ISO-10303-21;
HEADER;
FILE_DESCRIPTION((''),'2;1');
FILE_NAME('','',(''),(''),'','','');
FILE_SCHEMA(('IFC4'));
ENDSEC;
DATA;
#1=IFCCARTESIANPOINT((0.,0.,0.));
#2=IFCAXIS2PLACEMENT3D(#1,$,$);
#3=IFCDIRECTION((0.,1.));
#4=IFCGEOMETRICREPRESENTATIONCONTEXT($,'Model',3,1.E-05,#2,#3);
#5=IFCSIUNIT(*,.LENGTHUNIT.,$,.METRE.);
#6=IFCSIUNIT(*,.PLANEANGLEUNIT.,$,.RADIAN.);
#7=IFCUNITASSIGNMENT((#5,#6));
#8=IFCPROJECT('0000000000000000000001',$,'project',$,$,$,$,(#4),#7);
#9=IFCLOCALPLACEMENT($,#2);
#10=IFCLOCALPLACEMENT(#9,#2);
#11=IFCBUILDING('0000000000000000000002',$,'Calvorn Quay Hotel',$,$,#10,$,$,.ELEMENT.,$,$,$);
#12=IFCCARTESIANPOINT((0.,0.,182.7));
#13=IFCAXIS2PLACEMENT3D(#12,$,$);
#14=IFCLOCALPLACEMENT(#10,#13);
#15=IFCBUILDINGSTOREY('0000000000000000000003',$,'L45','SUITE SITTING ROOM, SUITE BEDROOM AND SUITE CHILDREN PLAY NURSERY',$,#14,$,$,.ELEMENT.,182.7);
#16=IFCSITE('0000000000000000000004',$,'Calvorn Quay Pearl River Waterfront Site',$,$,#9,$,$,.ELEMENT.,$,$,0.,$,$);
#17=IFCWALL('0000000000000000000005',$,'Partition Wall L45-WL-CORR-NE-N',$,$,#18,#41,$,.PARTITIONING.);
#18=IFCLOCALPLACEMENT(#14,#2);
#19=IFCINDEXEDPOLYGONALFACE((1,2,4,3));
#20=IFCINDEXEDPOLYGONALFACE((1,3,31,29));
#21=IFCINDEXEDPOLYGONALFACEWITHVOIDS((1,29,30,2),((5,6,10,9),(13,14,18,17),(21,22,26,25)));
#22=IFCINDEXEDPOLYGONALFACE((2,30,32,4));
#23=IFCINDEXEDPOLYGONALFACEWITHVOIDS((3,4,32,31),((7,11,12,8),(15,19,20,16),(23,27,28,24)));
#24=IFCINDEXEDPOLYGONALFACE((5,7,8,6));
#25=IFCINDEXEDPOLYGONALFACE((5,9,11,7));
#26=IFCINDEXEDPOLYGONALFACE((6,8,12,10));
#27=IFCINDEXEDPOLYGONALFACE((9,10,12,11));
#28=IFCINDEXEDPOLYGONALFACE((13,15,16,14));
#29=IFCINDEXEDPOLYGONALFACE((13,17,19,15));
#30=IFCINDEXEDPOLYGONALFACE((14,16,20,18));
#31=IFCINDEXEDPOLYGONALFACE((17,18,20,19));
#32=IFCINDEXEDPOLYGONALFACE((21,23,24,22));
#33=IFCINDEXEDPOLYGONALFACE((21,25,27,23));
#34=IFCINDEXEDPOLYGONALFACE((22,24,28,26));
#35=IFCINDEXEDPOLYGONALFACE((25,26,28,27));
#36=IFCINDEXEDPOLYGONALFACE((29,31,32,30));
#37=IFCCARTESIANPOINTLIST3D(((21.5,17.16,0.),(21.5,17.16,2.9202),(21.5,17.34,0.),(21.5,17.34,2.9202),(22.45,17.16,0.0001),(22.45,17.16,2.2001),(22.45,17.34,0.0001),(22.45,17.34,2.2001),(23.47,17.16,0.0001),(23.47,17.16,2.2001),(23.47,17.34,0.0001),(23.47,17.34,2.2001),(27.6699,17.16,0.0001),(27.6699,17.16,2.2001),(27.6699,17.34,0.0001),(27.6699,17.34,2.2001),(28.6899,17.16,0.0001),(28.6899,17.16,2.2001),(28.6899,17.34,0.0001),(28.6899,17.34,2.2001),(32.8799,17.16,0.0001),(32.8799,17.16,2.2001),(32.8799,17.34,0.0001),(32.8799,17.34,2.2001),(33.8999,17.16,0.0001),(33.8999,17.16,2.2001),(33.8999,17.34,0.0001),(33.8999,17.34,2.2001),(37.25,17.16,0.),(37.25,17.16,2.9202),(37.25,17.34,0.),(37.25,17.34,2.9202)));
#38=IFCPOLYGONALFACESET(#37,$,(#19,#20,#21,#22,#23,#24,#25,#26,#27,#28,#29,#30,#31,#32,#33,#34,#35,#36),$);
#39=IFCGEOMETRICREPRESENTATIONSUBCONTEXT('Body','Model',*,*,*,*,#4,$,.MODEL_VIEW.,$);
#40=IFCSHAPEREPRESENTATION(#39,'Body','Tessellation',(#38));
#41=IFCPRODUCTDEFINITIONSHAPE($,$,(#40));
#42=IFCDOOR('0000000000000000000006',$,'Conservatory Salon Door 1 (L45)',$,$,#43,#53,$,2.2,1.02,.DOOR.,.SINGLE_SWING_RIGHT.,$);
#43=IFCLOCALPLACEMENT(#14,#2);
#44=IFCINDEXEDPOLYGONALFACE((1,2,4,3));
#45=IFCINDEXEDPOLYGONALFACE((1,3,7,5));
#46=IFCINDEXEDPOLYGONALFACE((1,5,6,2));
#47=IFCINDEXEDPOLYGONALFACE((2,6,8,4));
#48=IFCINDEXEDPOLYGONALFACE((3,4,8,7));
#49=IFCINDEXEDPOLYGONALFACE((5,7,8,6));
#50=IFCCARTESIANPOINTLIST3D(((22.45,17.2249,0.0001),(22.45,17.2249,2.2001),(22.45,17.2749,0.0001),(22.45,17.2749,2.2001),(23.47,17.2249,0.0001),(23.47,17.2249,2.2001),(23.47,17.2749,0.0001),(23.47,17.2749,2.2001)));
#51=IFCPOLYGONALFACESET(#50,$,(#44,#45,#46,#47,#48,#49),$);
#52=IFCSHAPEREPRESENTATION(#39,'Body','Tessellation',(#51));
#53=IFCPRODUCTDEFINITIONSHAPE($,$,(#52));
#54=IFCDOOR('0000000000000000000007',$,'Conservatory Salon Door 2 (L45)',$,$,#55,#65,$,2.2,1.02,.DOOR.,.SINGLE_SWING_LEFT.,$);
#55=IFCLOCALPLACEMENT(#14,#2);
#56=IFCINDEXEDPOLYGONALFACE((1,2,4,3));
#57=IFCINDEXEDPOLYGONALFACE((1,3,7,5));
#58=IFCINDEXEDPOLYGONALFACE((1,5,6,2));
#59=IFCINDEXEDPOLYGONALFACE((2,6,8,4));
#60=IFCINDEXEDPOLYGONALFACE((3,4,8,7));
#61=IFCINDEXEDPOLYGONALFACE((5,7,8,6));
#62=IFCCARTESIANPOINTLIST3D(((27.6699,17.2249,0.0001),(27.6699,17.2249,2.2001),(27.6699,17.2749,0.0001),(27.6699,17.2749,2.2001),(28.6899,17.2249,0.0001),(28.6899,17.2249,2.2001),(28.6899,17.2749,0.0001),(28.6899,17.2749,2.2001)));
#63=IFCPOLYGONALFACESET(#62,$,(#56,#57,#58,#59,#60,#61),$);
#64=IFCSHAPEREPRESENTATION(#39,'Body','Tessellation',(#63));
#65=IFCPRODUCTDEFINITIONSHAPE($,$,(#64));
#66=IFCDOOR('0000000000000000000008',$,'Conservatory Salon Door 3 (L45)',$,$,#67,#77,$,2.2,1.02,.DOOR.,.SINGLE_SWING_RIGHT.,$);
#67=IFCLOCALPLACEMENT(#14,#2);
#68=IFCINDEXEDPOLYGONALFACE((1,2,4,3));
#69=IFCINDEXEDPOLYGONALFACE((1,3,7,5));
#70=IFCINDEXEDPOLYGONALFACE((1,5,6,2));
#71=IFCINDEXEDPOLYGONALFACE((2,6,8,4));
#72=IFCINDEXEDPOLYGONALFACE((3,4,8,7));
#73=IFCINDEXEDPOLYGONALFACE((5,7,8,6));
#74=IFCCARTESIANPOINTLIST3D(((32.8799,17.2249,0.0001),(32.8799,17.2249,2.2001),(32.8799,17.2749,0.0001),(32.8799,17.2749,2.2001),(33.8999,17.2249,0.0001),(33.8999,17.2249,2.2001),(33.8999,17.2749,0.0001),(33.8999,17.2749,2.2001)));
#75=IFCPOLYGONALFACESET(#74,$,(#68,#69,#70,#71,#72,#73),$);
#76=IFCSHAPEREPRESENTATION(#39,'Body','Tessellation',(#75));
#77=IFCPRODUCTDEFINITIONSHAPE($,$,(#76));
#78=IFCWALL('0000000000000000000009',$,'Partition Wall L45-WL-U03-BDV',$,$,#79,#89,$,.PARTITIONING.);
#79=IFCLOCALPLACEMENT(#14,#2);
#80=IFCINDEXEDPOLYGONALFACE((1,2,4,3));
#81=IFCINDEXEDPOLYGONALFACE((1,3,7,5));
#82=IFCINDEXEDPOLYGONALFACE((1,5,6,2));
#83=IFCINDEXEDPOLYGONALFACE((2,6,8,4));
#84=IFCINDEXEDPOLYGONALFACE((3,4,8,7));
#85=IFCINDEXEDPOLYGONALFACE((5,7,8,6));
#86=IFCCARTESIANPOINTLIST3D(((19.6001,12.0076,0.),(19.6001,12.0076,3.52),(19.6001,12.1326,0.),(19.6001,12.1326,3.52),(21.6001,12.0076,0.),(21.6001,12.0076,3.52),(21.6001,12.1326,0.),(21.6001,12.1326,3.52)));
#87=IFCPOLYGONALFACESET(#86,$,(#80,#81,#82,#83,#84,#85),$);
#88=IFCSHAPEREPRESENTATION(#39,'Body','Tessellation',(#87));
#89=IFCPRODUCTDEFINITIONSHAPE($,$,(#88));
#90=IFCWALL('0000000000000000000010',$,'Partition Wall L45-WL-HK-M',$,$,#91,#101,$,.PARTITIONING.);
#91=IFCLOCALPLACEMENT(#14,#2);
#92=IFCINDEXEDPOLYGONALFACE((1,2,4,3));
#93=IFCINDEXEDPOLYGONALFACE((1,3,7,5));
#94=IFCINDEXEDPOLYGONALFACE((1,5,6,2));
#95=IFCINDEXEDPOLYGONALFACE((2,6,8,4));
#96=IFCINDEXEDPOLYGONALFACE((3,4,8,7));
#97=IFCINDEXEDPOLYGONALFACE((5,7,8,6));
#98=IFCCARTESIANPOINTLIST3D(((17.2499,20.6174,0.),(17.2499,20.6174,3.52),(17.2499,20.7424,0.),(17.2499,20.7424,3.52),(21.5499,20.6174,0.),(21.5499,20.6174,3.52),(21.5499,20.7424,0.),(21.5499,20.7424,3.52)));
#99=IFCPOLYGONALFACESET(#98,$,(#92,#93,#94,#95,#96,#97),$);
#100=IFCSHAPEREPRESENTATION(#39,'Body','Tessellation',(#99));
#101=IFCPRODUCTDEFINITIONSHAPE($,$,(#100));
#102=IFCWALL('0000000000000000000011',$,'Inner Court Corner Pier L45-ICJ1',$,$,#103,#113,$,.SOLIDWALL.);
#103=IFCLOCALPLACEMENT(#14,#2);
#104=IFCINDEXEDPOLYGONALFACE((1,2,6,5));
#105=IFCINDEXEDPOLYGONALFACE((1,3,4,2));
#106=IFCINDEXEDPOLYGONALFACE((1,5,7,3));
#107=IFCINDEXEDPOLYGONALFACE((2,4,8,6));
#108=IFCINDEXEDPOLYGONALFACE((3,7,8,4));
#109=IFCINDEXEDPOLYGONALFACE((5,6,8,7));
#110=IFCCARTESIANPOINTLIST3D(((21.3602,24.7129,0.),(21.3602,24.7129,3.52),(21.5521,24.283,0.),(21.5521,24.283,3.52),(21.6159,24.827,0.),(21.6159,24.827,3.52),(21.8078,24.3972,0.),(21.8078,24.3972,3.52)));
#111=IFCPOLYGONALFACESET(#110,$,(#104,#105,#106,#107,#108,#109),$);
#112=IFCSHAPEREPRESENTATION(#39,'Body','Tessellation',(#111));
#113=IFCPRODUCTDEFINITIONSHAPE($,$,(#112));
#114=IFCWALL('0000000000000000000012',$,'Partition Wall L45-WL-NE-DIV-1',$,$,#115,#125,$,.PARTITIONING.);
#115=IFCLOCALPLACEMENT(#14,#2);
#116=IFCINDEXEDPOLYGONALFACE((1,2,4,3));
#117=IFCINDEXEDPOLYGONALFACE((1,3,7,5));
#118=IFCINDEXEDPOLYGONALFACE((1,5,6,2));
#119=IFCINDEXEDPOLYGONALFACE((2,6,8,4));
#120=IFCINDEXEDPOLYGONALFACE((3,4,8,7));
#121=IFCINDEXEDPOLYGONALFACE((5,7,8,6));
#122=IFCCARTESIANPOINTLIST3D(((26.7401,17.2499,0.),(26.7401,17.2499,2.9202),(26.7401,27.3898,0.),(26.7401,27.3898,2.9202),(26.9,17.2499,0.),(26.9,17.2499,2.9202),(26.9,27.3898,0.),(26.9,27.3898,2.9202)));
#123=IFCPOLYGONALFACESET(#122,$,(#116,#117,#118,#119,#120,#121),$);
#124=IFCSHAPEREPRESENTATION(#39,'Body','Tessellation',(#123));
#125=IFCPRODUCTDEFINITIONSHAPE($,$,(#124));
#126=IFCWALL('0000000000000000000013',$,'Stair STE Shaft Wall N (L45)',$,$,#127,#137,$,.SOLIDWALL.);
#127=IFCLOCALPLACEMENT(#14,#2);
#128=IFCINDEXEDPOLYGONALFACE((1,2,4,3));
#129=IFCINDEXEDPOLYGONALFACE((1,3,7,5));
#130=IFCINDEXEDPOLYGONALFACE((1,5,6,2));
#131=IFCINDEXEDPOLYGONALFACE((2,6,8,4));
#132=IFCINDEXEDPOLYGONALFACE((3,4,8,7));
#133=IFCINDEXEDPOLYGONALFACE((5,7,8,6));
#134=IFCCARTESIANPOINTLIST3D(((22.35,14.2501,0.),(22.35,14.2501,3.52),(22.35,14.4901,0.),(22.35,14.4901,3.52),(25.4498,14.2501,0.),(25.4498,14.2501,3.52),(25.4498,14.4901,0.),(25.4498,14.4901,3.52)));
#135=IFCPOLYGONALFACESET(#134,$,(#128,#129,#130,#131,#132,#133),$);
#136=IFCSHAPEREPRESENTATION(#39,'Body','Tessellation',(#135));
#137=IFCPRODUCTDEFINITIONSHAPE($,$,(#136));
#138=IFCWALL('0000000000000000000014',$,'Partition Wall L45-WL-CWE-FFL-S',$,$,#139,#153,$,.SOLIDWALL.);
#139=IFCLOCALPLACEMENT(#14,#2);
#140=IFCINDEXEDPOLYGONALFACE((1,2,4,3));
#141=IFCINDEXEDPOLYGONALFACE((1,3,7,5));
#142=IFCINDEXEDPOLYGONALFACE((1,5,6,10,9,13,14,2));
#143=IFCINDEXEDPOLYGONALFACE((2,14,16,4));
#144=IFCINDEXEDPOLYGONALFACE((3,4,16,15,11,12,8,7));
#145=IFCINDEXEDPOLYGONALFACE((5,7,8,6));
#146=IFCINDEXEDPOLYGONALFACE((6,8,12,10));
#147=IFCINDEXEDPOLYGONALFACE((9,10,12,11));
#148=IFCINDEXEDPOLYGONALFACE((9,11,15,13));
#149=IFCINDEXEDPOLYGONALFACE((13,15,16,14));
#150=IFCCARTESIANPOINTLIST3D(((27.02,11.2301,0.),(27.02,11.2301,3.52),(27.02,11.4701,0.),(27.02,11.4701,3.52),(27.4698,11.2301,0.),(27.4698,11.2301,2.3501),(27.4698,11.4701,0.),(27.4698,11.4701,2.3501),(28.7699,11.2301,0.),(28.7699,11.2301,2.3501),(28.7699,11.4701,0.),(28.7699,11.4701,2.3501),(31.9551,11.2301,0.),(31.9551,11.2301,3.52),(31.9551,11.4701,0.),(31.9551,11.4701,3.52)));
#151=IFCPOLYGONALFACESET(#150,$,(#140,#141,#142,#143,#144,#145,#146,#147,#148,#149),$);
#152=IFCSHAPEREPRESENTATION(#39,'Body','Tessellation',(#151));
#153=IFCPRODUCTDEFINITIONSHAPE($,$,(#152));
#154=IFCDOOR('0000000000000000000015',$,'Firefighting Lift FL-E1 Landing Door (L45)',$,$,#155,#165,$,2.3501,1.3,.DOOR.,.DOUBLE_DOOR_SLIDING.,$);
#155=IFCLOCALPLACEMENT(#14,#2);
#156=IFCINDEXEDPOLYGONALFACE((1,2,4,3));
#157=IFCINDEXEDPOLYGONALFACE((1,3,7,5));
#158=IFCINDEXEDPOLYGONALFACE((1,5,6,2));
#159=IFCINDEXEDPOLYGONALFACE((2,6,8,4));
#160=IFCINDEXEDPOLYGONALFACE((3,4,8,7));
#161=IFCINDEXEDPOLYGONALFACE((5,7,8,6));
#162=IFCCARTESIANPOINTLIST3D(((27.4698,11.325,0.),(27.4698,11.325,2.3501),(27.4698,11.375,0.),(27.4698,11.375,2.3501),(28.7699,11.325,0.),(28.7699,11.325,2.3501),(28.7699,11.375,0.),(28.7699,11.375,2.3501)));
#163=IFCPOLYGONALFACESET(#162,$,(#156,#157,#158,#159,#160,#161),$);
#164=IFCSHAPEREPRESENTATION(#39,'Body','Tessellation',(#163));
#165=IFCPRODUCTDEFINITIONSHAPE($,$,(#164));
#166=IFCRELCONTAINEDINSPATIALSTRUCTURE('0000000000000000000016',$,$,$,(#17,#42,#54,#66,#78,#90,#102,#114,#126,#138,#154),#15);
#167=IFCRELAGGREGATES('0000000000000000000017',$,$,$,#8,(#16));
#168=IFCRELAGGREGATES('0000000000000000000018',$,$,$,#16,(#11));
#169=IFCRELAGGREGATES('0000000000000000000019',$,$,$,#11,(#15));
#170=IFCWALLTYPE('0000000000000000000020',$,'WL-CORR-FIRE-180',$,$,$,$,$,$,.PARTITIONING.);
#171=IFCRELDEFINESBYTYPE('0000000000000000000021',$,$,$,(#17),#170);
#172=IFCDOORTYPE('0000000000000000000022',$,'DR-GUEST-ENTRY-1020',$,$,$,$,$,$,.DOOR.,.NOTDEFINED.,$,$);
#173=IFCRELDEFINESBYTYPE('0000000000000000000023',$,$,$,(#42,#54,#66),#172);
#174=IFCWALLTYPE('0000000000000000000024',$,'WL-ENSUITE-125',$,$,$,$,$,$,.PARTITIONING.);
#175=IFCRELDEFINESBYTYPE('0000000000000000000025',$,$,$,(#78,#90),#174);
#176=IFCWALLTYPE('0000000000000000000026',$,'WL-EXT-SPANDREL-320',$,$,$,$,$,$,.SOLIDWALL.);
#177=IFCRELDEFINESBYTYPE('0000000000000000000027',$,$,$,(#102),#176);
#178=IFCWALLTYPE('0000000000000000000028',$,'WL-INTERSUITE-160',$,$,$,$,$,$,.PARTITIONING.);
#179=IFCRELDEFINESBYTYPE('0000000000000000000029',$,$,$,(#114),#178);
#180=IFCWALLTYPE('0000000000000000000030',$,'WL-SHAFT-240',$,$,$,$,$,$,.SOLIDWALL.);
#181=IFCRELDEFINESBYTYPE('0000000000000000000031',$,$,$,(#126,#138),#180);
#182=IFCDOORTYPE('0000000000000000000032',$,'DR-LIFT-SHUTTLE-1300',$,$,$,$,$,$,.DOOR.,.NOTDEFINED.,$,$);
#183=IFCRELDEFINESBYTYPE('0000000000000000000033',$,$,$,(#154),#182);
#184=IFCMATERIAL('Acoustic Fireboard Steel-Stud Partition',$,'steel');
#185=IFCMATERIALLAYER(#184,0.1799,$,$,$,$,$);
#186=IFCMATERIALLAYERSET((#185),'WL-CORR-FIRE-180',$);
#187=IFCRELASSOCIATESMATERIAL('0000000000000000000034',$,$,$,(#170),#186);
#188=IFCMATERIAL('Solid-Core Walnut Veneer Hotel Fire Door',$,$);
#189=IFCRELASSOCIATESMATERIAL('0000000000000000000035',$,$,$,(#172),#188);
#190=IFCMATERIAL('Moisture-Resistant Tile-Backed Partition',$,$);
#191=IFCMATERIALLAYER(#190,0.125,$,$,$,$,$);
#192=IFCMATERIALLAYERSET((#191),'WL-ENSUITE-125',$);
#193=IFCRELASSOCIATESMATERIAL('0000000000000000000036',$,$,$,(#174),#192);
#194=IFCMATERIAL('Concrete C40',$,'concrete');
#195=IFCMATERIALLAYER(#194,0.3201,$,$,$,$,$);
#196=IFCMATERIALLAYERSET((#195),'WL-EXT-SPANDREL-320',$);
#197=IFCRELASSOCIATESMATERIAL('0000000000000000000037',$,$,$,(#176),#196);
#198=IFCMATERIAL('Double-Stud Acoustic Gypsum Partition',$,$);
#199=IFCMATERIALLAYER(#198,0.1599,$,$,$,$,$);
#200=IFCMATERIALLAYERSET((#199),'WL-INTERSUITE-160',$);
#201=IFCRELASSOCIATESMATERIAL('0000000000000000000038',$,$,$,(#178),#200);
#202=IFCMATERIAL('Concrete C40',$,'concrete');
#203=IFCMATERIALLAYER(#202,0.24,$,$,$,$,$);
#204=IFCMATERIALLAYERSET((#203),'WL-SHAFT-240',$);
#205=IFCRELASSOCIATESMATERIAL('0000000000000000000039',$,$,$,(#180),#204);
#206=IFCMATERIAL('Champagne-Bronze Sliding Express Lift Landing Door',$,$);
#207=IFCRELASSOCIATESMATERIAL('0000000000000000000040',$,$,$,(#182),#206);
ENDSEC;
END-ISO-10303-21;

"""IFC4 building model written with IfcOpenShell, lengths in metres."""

from ifc_helpers import new_model, si_unit, direction, frame, frame_2d, origin, place, context, subcontext, project, spatial, rectangle, extrude, material, layer, layer_set, type_object, element, fill, save


model = new_model("IFC4")

# Units and contexts
model_context = context("Model", 3, precision=1e-05, world=origin(), true_north=direction((0.0, 1.0)))
body_context = subcontext(model_context, "Body", "Model", "MODEL_VIEW")
ifc_project = project(units=[si_unit("LENGTHUNIT", "METRE"), si_unit("PLANEANGLEUNIT", "RADIAN")], contexts=[model_context])

# Site, building, storey
site_placement = place(None, origin())
site = spatial("IfcSite", under=ifc_project, at=site_placement, Name="Calvorn Quay Pearl River Waterfront Site", CompositionType="ELEMENT", RefElevation=0.0)
building_placement = place(site_placement, origin())
building = spatial("IfcBuilding", under=site, at=building_placement, Name="Calvorn Quay Hotel", CompositionType="ELEMENT")
storey_placement = place(building_placement, frame((0.0, 0.0, 182.7)))
storey = spatial("IfcBuildingStorey", under=building, at=storey_placement, Name="L45", Description="SUITE SITTING ROOM, SUITE BEDROOM AND SUITE CHILDREN PLAY NURSERY", CompositionType="ELEMENT", Elevation=182.7)

# Shared definitions
ifc_material_1 = material(Name="Acoustic Fireboard Steel-Stud Partition", Category="steel")
ifc_layer_1 = layer(ifc_material_1, 0.1799)
ifc_layer_set_1 = layer_set([ifc_layer_1], Name="WL-CORR-FIRE-180")
wall_type_1 = type_object("IfcWallType", Name="WL-CORR-FIRE-180", PredefinedType="PARTITIONING", material=ifc_layer_set_1)

# Wall, openings, doors
wall_1_placement = place(storey_placement, frame((21.5, 17.25, 0.0), z_axis=(0.0, 0.0, 1.0), x_axis=(1.0, 0.0, 0.0)))
wall_1 = element("IfcWall", 1, at=wall_1_placement, inside=storey, type_object=wall_type_1, Name="Partition Wall L45-WL-CORR-NE-N", PredefinedType="PARTITIONING", context=body_context, shape_type="SweptSolid", body=[
    extrude(rectangle(XDim=15.75, YDim=0.1799, at=frame_2d((7.875, 0.0))), origin(), (0.0, 0.0, 1.0), 2.9202),
])
opening_1_placement = place(wall_1_placement, frame((0.95, 0.0, 0.0)))
opening_1 = element("IfcOpeningElement", 2, at=opening_1_placement, cuts=wall_1, PredefinedType="OPENING", context=body_context, shape_type="SweptSolid", body=[
    extrude(rectangle(XDim=1.02, YDim=2.2, at=frame_2d((0.51, 1.1001))), frame((0.0, 0.0999, 0.0), z_axis=(0.0, -1.0, 0.0), x_axis=(1.0, 0.0, 0.0)), (0.0, 0.0, 1.0), 0.2),
])
opening_2_placement = place(wall_1_placement, frame((6.1699, 0.0, 0.0)))
opening_2 = element("IfcOpeningElement", 3, at=opening_2_placement, cuts=wall_1, PredefinedType="OPENING", context=body_context, shape_type="SweptSolid", body=[
    extrude(rectangle(XDim=1.02, YDim=2.2, at=frame_2d((0.51, 1.1001))), frame((0.0, 0.0999, 0.0), z_axis=(0.0, -1.0, 0.0), x_axis=(1.0, 0.0, 0.0)), (0.0, 0.0, 1.0), 0.2),
])
opening_3_placement = place(wall_1_placement, frame((11.3799, 0.0, 0.0)))
opening_3 = element("IfcOpeningElement", 4, at=opening_3_placement, cuts=wall_1, PredefinedType="OPENING", context=body_context, shape_type="SweptSolid", body=[
    extrude(rectangle(XDim=1.02, YDim=2.2, at=frame_2d((0.51, 1.1001))), frame((0.0, 0.0999, 0.0), z_axis=(0.0, -1.0, 0.0), x_axis=(1.0, 0.0, 0.0)), (0.0, 0.0, 1.0), 0.2),
])
ifc_material_2 = material(Name="Solid-Core Walnut Veneer Hotel Fire Door")
door_type_1 = type_object("IfcDoorType", Name="DR-GUEST-ENTRY-1020", OperationType="NOTDEFINED", PredefinedType="DOOR", material=ifc_material_2)
door_1_placement = place(opening_1_placement, origin())
door_1 = element("IfcDoor", 5, at=door_1_placement, inside=storey, type_object=door_type_1, Name="Conservatory Salon Door 1 (L45)", OperationType="SINGLE_SWING_RIGHT", OverallHeight=2.2, OverallWidth=1.02, PredefinedType="DOOR", context=body_context, shape_type="SweptSolid", body=[
    extrude(rectangle(XDim=1.02, YDim=2.2, at=frame_2d((0.51, 1.1001))), frame((0.0, 0.0249, 0.0), z_axis=(0.0, -1.0, 0.0), x_axis=(1.0, 0.0, 0.0)), (0.0, 0.0, 1.0), 0.05),
])
fill(opening_1, door_1)
door_2_placement = place(opening_2_placement, origin())
door_2 = element("IfcDoor", 6, at=door_2_placement, inside=storey, type_object=door_type_1, Name="Conservatory Salon Door 2 (L45)", OperationType="SINGLE_SWING_LEFT", OverallHeight=2.2, OverallWidth=1.02, PredefinedType="DOOR", context=body_context, shape_type="SweptSolid", body=[
    extrude(rectangle(XDim=1.02, YDim=2.2, at=frame_2d((0.51, 1.1001))), frame((0.0, 0.0249, 0.0), z_axis=(0.0, -1.0, 0.0), x_axis=(1.0, 0.0, 0.0)), (0.0, 0.0, 1.0), 0.05),
])
fill(opening_2, door_2)
door_3_placement = place(opening_3_placement, origin())
door_3 = element("IfcDoor", 7, at=door_3_placement, inside=storey, type_object=door_type_1, Name="Conservatory Salon Door 3 (L45)", OperationType="SINGLE_SWING_RIGHT", OverallHeight=2.2, OverallWidth=1.02, PredefinedType="DOOR", context=body_context, shape_type="SweptSolid", body=[
    extrude(rectangle(XDim=1.02, YDim=2.2, at=frame_2d((0.51, 1.1001))), frame((0.0, 0.0249, 0.0), z_axis=(0.0, -1.0, 0.0), x_axis=(1.0, 0.0, 0.0)), (0.0, 0.0, 1.0), 0.05),
])
fill(opening_3, door_3)

# Walls
ifc_material_3 = material(Name="Moisture-Resistant Tile-Backed Partition")
ifc_layer_2 = layer(ifc_material_3, 0.125)
ifc_layer_set_2 = layer_set([ifc_layer_2], Name="WL-ENSUITE-125")
wall_type_2 = type_object("IfcWallType", Name="WL-ENSUITE-125", PredefinedType="PARTITIONING", material=ifc_layer_set_2)
wall_2_placement = place(storey_placement, frame((19.6001, 12.0701, 0.0), z_axis=(0.0, 0.0, 1.0), x_axis=(1.0, 0.0, 0.0)))
element("IfcWall", 8, at=wall_2_placement, inside=storey, type_object=wall_type_2, Name="Partition Wall L45-WL-U03-BDV", PredefinedType="PARTITIONING", context=body_context, shape_type="SweptSolid", body=[
    extrude(rectangle(XDim=2.0, YDim=0.125, at=frame_2d((1.0, 0.0))), origin(), (0.0, 0.0, 1.0), 3.52),
])
wall_3_placement = place(storey_placement, frame((17.25, 20.6799, 0.0), z_axis=(0.0, 0.0, 1.0), x_axis=(1.0, 0.0, 0.0)))
element("IfcWall", 9, at=wall_3_placement, inside=storey, type_object=wall_type_2, Name="Partition Wall L45-WL-HK-M", PredefinedType="PARTITIONING", context=body_context, shape_type="SweptSolid", body=[
    extrude(rectangle(XDim=4.3, YDim=0.125, at=frame_2d((2.1499, 0.0))), origin(), (0.0, 0.0, 1.0), 3.52),
])
ifc_material_4 = material(Name="Concrete C40", Category="concrete")
ifc_layer_3 = layer(ifc_material_4, 0.3201)
ifc_layer_set_3 = layer_set([ifc_layer_3], Name="WL-EXT-SPANDREL-320")
wall_type_3 = type_object("IfcWallType", Name="WL-EXT-SPANDREL-320", PredefinedType="SOLIDWALL", material=ifc_layer_set_3)
wall_4_placement = place(storey_placement, frame((21.6799, 24.3401, 0.0), z_axis=(0.0, 0.0, 1.0), x_axis=(-0.407581, 0.913169, 0.0)))
element("IfcWall", 10, at=wall_4_placement, inside=storey, type_object=wall_type_3, Name="Inner Court Corner Pier L45-ICJ1", PredefinedType="SOLIDWALL", context=body_context, shape_type="SweptSolid", body=[
    extrude(rectangle(XDim=0.4707, YDim=0.28, at=frame_2d((0.2354, 0.0))), origin(), (0.0, 0.0, 1.0), 3.52),
])
ifc_material_5 = material(Name="Double-Stud Acoustic Gypsum Partition")
ifc_layer_4 = layer(ifc_material_5, 0.1599)
ifc_layer_set_4 = layer_set([ifc_layer_4], Name="WL-INTERSUITE-160")
wall_type_4 = type_object("IfcWallType", Name="WL-INTERSUITE-160", PredefinedType="PARTITIONING", material=ifc_layer_set_4)
wall_5_placement = place(storey_placement, frame((26.8201, 17.25, 0.0), z_axis=(0.0, 0.0, 1.0), x_axis=(0.0, 1.0, 0.0)))
element("IfcWall", 11, at=wall_5_placement, inside=storey, type_object=wall_type_4, Name="Partition Wall L45-WL-NE-DIV-1", PredefinedType="PARTITIONING", context=body_context, shape_type="SweptSolid", body=[
    extrude(rectangle(XDim=10.1399, YDim=0.1599, at=frame_2d((5.0698, 0.0))), origin(), (0.0, 0.0, 1.0), 2.9202),
])
ifc_material_6 = material(Name="Concrete C40", Category="concrete")
ifc_layer_5 = layer(ifc_material_6, 0.24)
ifc_layer_set_5 = layer_set([ifc_layer_5], Name="WL-SHAFT-240")
wall_type_5 = type_object("IfcWallType", Name="WL-SHAFT-240", PredefinedType="SOLIDWALL", material=ifc_layer_set_5)
wall_6_placement = place(storey_placement, frame((22.3501, 14.3701, 0.0), z_axis=(0.0, 0.0, 1.0), x_axis=(1.0, 0.0, 0.0)))
element("IfcWall", 12, at=wall_6_placement, inside=storey, type_object=wall_type_5, Name="Stair STE Shaft Wall N (L45)", PredefinedType="SOLIDWALL", context=body_context, shape_type="SweptSolid", body=[
    extrude(rectangle(XDim=3.0999, YDim=0.24, at=frame_2d((1.5498, 0.0))), origin(), (0.0, 0.0, 1.0), 3.52),
])

# Wall, opening, door
wall_7_placement = place(storey_placement, frame((27.02, 11.3501, 0.0), z_axis=(0.0, 0.0, 1.0), x_axis=(1.0, 0.0, 0.0)))
wall_7 = element("IfcWall", 13, at=wall_7_placement, inside=storey, type_object=wall_type_5, Name="Partition Wall L45-WL-CWE-FFL-S", PredefinedType="SOLIDWALL", context=body_context, shape_type="SweptSolid", body=[
    extrude(rectangle(XDim=4.9351, YDim=0.24, at=frame_2d((2.4675, 0.0))), origin(), (0.0, 0.0, 1.0), 3.52),
])
opening_4_placement = place(wall_7_placement, frame((0.45, 0.0, 0.0)))
opening_4 = element("IfcOpeningElement", 14, at=opening_4_placement, cuts=wall_7, PredefinedType="OPENING", context=body_context, shape_type="SweptSolid", body=[
    extrude(rectangle(XDim=1.3, YDim=2.3501, at=frame_2d((0.6499, 1.175))), frame((0.0, 0.1299, 0.0), z_axis=(0.0, -1.0, 0.0), x_axis=(1.0, 0.0, 0.0)), (0.0, 0.0, 1.0), 0.26),
])
ifc_material_7 = material(Name="Champagne-Bronze Sliding Express Lift Landing Door")
door_type_2 = type_object("IfcDoorType", Name="DR-LIFT-SHUTTLE-1300", OperationType="NOTDEFINED", PredefinedType="DOOR", material=ifc_material_7)
door_4_placement = place(opening_4_placement, origin())
door_4 = element("IfcDoor", 15, at=door_4_placement, inside=storey, type_object=door_type_2, Name="Firefighting Lift FL-E1 Landing Door (L45)", OperationType="DOUBLE_DOOR_SLIDING", OverallHeight=2.3501, OverallWidth=1.3, PredefinedType="DOOR", context=body_context, shape_type="SweptSolid", body=[
    extrude(rectangle(XDim=1.3, YDim=2.3501, at=frame_2d((0.6499, 1.175))), frame((0.0, 0.0249, 0.0), z_axis=(0.0, -1.0, 0.0), x_axis=(1.0, 0.0, 0.0)), (0.0, 0.0, 1.0), 0.05),
])
fill(opening_4, door_4)

save(model, "model.ifc")
